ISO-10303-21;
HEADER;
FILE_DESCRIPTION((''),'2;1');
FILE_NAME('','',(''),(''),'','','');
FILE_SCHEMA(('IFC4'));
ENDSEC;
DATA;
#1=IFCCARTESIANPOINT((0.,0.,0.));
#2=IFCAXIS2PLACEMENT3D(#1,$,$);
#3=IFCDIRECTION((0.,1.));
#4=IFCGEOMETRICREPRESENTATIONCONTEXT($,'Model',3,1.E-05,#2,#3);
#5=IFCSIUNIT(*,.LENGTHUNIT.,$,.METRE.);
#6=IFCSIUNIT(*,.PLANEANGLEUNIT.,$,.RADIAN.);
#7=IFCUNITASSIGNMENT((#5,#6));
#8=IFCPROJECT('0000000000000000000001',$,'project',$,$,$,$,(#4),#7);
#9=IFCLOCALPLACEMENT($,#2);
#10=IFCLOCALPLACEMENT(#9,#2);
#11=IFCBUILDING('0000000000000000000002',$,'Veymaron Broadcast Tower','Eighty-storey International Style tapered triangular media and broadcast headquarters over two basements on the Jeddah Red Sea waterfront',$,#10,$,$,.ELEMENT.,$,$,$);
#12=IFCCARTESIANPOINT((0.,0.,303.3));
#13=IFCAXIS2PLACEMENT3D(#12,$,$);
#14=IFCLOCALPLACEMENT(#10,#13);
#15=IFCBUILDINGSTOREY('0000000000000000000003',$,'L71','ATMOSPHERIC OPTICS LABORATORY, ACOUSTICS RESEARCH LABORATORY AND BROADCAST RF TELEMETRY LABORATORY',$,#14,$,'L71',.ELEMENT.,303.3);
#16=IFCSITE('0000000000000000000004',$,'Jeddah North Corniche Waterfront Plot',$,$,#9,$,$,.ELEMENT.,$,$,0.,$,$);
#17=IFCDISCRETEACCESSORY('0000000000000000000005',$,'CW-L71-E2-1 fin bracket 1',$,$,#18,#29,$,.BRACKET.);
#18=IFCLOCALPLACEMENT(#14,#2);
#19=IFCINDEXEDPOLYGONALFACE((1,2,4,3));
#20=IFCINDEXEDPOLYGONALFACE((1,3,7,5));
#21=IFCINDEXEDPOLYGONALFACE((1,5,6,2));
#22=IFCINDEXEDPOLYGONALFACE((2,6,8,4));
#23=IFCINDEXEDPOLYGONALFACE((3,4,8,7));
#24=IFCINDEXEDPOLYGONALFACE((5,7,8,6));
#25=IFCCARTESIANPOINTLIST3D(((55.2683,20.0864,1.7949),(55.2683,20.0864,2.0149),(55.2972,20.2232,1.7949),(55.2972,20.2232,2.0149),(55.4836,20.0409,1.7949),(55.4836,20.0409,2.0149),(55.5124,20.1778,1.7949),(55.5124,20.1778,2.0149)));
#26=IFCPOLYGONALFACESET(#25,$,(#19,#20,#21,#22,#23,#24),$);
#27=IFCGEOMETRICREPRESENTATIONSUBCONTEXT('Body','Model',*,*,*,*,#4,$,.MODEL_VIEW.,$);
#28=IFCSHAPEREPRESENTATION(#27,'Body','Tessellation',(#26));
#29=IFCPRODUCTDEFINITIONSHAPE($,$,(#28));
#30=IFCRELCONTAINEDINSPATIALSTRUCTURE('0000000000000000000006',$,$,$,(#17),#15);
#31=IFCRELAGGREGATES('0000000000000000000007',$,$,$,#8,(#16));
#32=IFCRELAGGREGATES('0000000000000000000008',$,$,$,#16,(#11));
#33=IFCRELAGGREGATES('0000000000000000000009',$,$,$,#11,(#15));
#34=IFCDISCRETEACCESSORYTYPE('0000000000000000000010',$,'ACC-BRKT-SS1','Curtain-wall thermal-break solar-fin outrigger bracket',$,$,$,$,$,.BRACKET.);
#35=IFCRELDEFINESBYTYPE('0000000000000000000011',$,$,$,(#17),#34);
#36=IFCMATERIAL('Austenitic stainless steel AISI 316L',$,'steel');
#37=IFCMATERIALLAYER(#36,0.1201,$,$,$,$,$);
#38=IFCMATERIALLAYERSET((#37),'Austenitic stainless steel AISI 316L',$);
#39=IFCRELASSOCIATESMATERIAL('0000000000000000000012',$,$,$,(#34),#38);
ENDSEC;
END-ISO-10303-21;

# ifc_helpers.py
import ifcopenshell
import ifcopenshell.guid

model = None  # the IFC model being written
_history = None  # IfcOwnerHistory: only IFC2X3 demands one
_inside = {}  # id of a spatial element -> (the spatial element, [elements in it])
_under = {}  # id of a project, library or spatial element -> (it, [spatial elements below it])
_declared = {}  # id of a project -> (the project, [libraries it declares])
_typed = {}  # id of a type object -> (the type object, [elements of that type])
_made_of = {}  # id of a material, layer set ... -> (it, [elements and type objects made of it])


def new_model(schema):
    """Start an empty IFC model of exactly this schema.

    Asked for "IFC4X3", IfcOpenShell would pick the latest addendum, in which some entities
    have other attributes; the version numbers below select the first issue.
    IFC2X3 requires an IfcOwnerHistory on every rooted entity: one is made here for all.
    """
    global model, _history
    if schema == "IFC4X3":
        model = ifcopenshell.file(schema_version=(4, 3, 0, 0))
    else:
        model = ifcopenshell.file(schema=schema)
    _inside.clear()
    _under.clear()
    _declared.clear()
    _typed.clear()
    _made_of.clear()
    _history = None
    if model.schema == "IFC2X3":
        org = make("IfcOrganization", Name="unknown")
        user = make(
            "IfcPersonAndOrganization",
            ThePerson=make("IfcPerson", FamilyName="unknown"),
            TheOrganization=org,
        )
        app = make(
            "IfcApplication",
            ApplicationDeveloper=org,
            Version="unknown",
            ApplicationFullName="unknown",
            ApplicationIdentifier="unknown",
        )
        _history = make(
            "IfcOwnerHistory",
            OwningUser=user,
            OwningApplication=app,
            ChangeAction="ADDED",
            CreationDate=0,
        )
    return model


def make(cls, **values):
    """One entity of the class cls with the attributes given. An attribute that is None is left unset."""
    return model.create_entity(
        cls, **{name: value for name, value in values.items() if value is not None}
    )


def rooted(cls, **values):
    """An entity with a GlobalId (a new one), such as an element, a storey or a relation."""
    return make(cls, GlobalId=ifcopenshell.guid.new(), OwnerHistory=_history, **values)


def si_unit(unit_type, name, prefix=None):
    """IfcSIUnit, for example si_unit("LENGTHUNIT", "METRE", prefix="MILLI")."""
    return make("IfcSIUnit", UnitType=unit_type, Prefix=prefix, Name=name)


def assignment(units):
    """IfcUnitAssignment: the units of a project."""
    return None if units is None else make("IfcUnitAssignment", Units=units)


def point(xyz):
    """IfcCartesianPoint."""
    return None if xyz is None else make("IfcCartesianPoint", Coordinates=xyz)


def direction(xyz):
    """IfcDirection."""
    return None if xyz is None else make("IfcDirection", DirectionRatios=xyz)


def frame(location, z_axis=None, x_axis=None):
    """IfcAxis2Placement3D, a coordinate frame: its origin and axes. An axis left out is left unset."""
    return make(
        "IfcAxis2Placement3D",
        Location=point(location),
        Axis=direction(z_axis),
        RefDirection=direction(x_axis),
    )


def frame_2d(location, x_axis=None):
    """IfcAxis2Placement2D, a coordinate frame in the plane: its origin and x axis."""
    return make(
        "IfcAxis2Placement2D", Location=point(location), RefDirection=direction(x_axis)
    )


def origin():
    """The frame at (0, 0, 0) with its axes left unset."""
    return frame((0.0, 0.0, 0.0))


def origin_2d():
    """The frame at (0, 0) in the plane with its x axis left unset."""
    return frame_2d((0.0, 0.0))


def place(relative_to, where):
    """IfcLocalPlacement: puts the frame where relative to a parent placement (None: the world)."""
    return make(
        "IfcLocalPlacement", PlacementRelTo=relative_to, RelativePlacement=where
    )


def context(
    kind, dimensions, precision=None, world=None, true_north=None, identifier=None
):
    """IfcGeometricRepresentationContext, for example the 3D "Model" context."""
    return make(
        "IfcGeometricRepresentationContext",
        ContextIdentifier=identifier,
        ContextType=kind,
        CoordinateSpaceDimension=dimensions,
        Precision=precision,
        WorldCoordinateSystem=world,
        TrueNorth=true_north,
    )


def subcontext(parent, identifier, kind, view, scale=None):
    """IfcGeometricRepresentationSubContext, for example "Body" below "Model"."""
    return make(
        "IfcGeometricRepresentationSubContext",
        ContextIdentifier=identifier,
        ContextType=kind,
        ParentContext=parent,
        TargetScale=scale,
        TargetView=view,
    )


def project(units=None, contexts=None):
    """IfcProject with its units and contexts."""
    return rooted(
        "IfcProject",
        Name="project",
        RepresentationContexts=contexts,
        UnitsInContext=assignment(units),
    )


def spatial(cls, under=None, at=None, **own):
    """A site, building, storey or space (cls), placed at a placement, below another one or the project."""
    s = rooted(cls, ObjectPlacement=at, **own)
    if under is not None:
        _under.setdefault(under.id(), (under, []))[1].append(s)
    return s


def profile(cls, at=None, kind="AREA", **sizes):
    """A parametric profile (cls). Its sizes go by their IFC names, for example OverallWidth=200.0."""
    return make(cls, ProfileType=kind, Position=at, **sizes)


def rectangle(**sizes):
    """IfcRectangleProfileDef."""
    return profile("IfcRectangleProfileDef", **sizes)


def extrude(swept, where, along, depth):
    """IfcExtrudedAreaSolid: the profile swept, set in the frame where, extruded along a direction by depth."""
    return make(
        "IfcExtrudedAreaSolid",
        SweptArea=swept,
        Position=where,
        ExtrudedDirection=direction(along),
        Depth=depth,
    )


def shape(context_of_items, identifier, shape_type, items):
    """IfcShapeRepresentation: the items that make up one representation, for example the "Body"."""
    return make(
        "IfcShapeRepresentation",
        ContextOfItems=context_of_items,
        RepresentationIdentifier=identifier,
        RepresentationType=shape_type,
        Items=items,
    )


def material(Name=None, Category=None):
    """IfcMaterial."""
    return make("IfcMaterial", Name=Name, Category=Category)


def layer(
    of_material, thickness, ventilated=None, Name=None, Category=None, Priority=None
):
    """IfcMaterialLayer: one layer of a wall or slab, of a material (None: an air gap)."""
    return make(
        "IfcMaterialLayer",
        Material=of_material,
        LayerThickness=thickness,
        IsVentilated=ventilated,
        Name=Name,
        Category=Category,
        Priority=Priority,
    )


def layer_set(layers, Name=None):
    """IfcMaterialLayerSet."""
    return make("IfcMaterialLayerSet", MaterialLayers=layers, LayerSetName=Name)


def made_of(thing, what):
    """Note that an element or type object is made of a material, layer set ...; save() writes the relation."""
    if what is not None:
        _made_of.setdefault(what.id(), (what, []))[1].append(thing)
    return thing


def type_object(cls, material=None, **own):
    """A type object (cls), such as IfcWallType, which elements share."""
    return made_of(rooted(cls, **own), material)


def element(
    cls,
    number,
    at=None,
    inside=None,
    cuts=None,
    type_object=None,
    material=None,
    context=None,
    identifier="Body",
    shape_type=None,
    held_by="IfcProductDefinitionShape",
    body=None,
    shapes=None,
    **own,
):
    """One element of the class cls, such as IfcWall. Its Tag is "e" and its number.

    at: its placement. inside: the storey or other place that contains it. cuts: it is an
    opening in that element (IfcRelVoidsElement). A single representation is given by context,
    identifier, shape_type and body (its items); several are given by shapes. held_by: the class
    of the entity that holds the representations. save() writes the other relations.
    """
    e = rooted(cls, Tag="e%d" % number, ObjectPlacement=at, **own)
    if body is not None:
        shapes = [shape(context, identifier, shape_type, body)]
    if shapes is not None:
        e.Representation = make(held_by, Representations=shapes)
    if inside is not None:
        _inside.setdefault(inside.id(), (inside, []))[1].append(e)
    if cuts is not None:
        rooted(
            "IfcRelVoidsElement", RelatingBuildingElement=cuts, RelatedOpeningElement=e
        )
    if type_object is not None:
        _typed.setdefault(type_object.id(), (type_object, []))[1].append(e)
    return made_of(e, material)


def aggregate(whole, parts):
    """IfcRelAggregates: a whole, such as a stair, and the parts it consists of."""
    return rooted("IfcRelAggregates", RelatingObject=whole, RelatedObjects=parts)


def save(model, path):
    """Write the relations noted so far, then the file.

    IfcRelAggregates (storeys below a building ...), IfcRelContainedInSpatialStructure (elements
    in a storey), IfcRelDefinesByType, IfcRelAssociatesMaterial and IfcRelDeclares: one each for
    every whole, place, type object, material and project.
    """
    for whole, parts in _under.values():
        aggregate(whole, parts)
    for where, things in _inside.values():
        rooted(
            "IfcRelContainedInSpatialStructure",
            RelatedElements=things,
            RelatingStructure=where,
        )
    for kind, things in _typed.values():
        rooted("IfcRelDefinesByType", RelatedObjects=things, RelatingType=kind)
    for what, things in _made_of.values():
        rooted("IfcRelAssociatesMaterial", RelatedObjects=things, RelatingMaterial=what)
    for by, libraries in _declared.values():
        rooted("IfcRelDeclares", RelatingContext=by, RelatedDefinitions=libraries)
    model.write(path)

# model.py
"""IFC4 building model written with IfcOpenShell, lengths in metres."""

from ifc_helpers import new_model, si_unit, direction, frame, origin, origin_2d, place, context, subcontext, project, spatial, rectangle, extrude, material, layer, layer_set, type_object, element, save


model = new_model("IFC4")

# Units and contexts
model_context = context("Model", 3, precision=1e-05, world=origin(), true_north=direction((0.0, 1.0)))
body_context = subcontext(model_context, "Body", "Model", "MODEL_VIEW")
ifc_project = project(units=[si_unit("LENGTHUNIT", "METRE"), si_unit("PLANEANGLEUNIT", "RADIAN")], contexts=[model_context])

# Site, building, storey
site_placement = place(None, origin())
site = spatial("IfcSite", under=ifc_project, at=site_placement, Name="Jeddah North Corniche Waterfront Plot", CompositionType="ELEMENT", RefElevation=0.0)
building_placement = place(site_placement, origin())
building = spatial("IfcBuilding", under=site, at=building_placement, Name="Veymaron Broadcast Tower", Description="Eighty-storey International Style tapered triangular media and broadcast headquarters over two basements on the Jeddah Red Sea waterfront", CompositionType="ELEMENT")
storey_placement = place(building_placement, frame((0.0, 0.0, 303.3)))
storey = spatial("IfcBuildingStorey", under=building, at=storey_placement, Name="L71", Description="ATMOSPHERIC OPTICS LABORATORY, ACOUSTICS RESEARCH LABORATORY AND BROADCAST RF TELEMETRY LABORATORY", LongName="L71", CompositionType="ELEMENT", Elevation=303.3)

# Discrete accessory
ifc_material_1 = material(Name="Austenitic stainless steel AISI 316L", Category="steel")
ifc_layer_1 = layer(ifc_material_1, 0.1201)
ifc_layer_set_1 = layer_set([ifc_layer_1], Name="Austenitic stainless steel AISI 316L")
discrete_accessory_type = type_object("IfcDiscreteAccessoryType", Name="ACC-BRKT-SS1", Description="Curtain-wall thermal-break solar-fin outrigger bracket", PredefinedType="BRACKET", material=ifc_layer_set_1)
discrete_accessory_placement = place(storey_placement, frame((55.3904, 20.1321, 1.7949), z_axis=(0.0, 0.0, 1.0), x_axis=(0.978444, -0.206512, 0.0)))
element("IfcDiscreteAccessory", 1, at=discrete_accessory_placement, inside=storey, type_object=discrete_accessory_type, Name="CW-L71-E2-1 fin bracket 1", PredefinedType="BRACKET", context=body_context, shape_type="SweptSolid", body=[
    extrude(rectangle(XDim=0.22, YDim=0.1399, at=origin_2d()), origin(), (0.0, 0.0, 1.0), 0.22),
])

save(model, "model.ifc")
